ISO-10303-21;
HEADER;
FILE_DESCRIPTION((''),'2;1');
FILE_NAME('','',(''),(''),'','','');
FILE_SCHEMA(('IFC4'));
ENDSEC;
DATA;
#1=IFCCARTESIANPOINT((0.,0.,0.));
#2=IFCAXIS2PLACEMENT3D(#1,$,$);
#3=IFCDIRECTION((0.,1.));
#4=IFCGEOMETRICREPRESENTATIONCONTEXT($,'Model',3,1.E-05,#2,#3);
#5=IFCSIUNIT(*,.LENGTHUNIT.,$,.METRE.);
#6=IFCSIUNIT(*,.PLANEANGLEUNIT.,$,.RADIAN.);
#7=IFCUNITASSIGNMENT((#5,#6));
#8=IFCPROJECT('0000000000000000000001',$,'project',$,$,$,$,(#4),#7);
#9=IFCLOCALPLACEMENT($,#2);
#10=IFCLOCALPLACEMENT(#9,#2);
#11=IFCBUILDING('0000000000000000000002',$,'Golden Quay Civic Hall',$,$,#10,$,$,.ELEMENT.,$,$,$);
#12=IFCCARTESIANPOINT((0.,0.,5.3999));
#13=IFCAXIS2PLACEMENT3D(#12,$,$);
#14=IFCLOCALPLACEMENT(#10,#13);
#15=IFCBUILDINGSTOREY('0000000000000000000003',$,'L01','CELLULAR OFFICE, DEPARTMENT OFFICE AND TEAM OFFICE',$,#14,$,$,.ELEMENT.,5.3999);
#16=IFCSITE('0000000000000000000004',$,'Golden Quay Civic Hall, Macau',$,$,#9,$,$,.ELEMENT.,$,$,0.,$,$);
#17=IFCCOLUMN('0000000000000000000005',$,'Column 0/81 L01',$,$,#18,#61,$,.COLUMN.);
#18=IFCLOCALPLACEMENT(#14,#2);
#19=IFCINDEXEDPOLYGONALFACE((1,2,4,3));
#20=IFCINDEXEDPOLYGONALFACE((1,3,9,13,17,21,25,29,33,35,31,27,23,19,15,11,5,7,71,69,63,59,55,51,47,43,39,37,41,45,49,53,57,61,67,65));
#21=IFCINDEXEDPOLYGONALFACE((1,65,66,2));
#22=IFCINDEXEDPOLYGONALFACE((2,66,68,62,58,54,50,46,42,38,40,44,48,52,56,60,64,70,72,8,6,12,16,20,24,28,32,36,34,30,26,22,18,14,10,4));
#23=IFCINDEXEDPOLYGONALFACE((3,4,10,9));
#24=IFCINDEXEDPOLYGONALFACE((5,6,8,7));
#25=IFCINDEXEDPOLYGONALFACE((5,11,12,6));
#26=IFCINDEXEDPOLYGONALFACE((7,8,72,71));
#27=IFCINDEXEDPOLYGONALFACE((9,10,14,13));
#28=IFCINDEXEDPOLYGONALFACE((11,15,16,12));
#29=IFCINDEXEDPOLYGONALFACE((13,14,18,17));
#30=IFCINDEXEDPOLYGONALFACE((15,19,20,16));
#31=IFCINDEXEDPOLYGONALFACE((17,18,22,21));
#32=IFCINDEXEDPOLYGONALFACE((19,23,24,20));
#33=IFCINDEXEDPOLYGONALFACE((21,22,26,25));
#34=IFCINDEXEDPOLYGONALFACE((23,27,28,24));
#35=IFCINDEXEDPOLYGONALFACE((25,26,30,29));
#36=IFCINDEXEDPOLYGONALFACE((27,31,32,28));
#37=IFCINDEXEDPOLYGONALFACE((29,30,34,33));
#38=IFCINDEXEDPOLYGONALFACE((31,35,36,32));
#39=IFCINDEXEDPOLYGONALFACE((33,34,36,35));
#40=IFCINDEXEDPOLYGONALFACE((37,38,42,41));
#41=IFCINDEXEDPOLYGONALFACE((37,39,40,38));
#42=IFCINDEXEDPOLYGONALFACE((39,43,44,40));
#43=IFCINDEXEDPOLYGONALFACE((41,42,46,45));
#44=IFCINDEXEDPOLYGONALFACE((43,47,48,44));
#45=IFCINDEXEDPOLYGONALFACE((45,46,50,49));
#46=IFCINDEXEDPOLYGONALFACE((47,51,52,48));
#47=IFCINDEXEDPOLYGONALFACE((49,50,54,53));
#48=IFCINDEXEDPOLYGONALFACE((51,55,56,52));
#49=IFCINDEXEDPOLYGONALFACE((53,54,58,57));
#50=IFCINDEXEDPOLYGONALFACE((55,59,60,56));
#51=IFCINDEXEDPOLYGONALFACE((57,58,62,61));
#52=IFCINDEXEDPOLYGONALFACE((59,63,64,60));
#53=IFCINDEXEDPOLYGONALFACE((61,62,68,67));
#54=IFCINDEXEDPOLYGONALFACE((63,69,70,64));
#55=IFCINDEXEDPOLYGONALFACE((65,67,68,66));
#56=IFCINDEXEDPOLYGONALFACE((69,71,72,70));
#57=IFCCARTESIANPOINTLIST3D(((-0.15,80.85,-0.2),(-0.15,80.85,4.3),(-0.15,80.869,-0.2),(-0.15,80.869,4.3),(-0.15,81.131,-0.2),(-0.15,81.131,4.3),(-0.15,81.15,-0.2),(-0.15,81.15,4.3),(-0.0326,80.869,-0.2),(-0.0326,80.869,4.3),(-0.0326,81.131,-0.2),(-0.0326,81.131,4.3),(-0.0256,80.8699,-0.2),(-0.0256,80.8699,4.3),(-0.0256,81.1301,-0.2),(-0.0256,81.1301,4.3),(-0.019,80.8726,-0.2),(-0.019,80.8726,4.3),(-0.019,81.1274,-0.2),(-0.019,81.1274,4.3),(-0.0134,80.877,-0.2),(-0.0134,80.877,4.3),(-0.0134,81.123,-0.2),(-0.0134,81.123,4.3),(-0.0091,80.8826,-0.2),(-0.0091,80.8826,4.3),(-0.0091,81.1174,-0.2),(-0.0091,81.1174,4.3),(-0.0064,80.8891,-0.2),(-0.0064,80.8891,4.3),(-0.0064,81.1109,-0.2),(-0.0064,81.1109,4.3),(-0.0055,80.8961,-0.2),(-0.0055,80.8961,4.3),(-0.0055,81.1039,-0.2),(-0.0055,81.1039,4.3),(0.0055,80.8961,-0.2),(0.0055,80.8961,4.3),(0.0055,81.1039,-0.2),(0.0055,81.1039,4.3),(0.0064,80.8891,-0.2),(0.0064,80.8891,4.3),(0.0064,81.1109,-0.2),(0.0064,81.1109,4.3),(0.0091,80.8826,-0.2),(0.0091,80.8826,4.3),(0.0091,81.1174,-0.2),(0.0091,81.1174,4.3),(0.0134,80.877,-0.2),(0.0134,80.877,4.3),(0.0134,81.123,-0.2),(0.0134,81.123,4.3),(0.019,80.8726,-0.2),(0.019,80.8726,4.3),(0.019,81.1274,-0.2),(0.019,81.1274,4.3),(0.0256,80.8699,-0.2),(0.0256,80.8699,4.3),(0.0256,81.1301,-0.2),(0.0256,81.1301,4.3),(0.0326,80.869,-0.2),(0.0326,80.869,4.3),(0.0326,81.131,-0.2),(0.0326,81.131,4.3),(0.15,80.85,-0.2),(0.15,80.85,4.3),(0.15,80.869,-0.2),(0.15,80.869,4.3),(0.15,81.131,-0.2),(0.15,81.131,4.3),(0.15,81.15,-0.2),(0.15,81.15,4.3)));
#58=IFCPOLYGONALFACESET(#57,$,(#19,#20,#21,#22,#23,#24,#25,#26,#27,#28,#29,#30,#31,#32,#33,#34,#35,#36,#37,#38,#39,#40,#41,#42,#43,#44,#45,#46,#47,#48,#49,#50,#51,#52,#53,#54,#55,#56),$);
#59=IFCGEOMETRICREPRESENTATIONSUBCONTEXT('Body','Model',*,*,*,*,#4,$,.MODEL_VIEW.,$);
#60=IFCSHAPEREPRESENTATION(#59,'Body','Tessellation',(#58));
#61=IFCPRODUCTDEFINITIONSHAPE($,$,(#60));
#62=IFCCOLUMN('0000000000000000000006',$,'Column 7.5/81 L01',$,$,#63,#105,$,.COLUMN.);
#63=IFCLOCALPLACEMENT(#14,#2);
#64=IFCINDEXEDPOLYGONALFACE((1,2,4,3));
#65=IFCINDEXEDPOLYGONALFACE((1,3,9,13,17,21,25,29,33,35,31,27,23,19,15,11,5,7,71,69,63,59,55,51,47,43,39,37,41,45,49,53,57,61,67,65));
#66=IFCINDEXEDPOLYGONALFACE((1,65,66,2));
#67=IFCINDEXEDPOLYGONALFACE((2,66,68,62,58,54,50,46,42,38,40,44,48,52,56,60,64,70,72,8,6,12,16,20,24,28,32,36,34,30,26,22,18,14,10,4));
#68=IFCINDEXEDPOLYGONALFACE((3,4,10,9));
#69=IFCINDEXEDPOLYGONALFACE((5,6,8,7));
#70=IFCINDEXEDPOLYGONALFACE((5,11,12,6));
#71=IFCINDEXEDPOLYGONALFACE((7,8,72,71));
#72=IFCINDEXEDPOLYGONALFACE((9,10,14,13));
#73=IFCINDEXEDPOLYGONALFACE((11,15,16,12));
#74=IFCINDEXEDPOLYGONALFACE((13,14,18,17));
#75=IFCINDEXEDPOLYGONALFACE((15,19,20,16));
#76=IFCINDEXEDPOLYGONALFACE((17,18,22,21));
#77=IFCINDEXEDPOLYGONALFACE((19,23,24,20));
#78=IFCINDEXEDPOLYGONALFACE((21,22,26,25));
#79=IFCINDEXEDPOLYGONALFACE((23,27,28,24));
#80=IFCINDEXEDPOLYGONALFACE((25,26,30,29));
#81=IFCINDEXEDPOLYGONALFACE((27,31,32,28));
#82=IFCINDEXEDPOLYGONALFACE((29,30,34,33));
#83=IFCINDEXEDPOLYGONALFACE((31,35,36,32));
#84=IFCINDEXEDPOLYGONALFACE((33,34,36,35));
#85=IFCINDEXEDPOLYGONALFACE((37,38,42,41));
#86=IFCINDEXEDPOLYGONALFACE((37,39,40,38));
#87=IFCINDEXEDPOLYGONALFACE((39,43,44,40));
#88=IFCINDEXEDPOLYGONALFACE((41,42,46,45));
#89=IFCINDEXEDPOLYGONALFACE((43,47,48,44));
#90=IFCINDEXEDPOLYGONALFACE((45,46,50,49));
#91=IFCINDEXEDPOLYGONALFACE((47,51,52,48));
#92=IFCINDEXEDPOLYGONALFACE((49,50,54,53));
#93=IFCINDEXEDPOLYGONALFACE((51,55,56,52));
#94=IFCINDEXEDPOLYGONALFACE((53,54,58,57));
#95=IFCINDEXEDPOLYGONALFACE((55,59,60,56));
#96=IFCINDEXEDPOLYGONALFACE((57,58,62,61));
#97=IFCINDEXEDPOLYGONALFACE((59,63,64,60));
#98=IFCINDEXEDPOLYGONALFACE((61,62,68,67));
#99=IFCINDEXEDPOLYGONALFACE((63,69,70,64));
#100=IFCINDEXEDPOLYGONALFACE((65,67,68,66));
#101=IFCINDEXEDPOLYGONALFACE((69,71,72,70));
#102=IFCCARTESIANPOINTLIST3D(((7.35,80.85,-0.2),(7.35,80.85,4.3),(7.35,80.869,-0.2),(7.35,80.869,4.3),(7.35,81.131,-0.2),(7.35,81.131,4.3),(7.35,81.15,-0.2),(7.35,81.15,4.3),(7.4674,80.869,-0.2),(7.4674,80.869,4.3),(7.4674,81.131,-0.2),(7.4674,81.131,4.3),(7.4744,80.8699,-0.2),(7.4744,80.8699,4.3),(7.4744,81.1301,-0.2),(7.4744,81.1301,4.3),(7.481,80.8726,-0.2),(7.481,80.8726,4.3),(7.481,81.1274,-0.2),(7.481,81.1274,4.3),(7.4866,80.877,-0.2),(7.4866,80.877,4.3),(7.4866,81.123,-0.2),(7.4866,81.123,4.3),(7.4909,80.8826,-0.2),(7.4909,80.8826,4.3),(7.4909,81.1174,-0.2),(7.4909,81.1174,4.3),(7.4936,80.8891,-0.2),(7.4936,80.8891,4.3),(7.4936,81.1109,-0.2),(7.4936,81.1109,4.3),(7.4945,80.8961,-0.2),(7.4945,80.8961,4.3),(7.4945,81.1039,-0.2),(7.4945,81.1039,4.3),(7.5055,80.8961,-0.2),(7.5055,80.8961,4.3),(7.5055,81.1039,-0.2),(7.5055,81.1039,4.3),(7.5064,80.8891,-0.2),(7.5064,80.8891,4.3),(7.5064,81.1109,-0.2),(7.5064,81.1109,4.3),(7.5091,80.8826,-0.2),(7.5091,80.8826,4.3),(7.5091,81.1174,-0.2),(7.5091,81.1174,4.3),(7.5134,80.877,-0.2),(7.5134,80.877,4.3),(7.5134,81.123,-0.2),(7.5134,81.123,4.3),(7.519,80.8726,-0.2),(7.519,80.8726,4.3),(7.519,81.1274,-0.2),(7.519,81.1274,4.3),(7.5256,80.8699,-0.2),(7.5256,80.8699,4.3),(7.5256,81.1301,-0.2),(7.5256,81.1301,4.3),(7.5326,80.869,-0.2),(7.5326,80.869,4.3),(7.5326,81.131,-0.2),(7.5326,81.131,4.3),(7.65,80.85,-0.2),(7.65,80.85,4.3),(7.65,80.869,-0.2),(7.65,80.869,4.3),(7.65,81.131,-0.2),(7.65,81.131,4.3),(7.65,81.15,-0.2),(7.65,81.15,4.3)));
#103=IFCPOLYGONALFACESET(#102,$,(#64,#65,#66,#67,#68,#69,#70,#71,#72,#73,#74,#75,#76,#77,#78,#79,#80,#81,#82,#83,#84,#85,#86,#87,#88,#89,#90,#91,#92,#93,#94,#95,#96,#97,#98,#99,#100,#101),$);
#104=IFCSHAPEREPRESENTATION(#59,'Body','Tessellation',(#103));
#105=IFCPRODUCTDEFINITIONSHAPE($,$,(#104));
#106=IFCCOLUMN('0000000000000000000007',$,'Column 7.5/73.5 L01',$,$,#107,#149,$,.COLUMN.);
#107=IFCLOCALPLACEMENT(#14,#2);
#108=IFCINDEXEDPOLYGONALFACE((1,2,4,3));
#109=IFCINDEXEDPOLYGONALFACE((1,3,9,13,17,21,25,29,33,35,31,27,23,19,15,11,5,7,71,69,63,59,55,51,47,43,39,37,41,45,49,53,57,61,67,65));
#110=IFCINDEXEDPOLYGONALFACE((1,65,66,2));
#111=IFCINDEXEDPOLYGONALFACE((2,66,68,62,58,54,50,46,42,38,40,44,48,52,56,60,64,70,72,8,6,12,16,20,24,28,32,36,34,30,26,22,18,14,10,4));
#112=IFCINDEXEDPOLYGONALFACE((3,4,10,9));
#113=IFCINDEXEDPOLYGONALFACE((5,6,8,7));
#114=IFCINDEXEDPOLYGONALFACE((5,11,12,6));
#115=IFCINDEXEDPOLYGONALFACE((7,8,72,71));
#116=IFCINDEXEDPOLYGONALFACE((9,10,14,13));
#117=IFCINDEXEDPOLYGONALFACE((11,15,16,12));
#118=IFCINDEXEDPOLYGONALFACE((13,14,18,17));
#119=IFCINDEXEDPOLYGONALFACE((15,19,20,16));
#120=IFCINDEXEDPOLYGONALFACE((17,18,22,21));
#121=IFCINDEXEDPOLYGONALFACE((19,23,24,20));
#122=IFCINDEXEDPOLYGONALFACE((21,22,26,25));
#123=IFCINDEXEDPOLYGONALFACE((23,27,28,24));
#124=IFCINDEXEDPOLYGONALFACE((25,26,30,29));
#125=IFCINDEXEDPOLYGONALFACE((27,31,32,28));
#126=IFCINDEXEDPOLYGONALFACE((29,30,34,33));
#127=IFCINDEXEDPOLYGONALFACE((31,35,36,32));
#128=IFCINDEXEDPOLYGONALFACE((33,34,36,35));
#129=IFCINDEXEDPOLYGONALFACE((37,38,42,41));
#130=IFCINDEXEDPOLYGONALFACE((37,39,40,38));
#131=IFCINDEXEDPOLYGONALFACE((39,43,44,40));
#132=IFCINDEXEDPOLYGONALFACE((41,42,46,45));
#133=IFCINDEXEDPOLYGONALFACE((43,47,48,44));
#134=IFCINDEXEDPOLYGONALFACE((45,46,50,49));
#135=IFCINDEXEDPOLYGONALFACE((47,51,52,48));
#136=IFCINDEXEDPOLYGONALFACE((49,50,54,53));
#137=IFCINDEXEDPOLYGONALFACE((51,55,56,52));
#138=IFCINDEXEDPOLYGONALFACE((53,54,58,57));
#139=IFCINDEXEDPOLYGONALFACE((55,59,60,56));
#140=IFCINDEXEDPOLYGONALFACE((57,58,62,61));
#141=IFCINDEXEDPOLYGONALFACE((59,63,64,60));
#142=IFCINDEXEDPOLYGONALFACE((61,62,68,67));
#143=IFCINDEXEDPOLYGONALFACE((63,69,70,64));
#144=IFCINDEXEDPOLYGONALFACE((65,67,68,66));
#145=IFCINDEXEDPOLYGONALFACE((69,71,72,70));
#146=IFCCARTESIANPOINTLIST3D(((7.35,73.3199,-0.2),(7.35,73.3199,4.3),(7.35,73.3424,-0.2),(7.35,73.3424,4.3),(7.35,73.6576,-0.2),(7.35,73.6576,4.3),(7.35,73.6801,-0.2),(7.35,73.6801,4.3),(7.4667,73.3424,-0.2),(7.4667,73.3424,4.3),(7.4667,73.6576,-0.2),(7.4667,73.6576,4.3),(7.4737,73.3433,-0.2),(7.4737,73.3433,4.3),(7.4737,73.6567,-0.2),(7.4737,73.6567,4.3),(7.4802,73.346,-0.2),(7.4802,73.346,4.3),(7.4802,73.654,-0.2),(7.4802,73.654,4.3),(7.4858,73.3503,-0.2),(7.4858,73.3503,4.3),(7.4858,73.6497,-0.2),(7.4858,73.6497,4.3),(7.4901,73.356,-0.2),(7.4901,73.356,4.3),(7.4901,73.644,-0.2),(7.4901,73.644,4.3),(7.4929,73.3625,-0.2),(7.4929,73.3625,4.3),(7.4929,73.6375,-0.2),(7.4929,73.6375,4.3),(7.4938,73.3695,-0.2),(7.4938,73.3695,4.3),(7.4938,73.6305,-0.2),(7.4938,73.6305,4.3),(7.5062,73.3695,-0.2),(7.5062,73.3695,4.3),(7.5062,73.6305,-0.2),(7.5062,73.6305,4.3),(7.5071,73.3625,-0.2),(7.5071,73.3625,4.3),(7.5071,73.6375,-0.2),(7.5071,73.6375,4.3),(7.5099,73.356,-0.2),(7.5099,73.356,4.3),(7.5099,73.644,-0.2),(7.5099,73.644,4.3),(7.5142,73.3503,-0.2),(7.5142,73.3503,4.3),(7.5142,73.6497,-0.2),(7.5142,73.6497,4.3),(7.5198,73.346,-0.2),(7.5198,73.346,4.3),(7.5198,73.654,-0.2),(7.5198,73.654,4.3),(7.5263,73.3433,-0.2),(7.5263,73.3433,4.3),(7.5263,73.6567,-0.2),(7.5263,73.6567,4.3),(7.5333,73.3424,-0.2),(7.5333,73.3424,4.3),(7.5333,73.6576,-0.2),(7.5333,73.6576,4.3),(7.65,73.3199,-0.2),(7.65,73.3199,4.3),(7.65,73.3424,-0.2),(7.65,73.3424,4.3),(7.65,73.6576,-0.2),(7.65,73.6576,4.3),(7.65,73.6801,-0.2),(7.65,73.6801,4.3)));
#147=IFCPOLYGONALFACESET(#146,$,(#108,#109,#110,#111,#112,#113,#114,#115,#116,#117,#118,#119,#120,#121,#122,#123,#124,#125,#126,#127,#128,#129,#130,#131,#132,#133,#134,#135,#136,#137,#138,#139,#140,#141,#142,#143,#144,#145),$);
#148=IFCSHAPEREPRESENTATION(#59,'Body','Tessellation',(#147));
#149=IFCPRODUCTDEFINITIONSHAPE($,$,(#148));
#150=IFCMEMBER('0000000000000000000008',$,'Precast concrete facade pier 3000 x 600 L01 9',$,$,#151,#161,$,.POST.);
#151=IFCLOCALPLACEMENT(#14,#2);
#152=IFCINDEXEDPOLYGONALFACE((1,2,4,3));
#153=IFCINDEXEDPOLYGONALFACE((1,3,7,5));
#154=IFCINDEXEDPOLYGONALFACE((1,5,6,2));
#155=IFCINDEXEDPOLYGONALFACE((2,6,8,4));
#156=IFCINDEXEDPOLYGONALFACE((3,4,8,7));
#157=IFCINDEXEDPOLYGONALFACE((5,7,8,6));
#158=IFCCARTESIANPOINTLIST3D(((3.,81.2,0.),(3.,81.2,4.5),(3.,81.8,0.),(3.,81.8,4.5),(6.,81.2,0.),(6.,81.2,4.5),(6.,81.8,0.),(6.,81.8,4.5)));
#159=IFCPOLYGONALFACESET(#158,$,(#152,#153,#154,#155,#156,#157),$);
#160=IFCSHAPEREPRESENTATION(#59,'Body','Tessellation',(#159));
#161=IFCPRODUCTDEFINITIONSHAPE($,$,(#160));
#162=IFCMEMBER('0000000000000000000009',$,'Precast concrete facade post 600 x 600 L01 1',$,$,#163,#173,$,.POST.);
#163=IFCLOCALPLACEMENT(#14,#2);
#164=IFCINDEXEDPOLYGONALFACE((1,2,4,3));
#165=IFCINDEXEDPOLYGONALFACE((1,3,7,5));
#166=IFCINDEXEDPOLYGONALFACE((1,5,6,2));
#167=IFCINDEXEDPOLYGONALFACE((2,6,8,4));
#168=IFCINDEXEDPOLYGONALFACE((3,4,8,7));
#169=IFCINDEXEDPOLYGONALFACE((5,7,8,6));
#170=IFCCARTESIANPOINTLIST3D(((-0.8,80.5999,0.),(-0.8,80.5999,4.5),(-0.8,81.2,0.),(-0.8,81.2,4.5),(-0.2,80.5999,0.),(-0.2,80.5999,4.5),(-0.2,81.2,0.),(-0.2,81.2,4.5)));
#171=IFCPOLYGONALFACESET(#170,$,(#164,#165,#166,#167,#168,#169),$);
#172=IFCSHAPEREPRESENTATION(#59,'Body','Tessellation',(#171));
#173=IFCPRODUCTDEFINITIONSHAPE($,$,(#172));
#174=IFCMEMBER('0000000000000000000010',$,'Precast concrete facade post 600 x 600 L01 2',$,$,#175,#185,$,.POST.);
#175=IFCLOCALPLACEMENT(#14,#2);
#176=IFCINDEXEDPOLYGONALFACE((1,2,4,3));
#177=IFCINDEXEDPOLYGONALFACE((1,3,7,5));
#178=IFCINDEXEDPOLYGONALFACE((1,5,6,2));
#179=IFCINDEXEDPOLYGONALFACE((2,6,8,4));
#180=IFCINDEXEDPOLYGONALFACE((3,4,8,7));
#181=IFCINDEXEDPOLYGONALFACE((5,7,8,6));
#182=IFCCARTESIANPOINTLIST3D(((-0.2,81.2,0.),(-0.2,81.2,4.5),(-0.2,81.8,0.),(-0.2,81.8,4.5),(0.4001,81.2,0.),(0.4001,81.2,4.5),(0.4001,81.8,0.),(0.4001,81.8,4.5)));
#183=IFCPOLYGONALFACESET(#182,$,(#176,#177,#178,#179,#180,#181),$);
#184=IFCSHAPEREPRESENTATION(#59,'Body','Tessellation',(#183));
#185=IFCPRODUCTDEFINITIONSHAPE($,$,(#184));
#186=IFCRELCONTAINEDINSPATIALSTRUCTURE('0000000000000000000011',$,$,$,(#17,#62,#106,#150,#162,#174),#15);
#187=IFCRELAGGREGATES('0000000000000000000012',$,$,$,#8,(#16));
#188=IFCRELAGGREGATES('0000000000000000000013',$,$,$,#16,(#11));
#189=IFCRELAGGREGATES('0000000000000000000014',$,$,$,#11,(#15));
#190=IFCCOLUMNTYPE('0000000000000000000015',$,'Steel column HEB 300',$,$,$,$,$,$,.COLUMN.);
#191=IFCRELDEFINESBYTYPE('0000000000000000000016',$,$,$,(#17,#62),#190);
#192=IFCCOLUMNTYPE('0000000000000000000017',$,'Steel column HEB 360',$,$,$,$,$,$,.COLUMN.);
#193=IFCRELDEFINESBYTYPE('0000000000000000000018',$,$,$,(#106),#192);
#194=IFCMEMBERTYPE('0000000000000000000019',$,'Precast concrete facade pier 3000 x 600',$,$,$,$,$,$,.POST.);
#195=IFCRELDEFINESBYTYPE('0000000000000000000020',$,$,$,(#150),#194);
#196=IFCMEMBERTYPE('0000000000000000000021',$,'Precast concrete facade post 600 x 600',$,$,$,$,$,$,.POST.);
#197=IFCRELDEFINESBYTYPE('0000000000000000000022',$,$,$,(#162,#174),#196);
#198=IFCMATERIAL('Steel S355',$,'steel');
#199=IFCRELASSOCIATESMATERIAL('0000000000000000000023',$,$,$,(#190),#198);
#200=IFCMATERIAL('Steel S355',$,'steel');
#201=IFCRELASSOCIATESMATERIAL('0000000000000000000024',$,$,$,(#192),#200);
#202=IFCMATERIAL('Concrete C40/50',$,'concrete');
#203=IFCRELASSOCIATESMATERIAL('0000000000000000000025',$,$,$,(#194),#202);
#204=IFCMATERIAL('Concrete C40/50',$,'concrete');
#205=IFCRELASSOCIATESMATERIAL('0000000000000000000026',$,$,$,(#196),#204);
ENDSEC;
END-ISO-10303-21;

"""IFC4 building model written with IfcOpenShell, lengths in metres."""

from ifc_helpers import new_model, si_unit, direction, frame, origin, origin_2d, place, context, subcontext, project, spatial, rectangle, i_section, extrude, material, material_profile, profile_set, type_object, element, save


model = new_model("IFC4")

# Units and contexts
model_context = context("Model", 3, precision=1e-05, world=origin(), true_north=direction((0.0, 1.0)))
body_context = subcontext(model_context, "Body", "Model", "MODEL_VIEW")
ifc_project = project(units=[si_unit("LENGTHUNIT", "METRE"), si_unit("PLANEANGLEUNIT", "RADIAN")], contexts=[model_context])

# Site, building, storey
site_placement = place(None, origin())
site = spatial("IfcSite", under=ifc_project, at=site_placement, Name="Golden Quay Civic Hall, Macau", CompositionType="ELEMENT", RefElevation=0.0)
building_placement = place(site_placement, origin())
building = spatial("IfcBuilding", under=site, at=building_placement, Name="Golden Quay Civic Hall", CompositionType="ELEMENT")
storey_placement = place(building_placement, frame((0.0, 0.0, 5.3999)))
storey = spatial("IfcBuildingStorey", under=building, at=storey_placement, Name="L01", Description="CELLULAR OFFICE, DEPARTMENT OFFICE AND TEAM OFFICE", CompositionType="ELEMENT", Elevation=5.3999)

# Columns
ifc_material_1 = material(Name="Steel S355", Category="steel")
ifc_material_profile_1 = material_profile(ifc_material_1, i_section(OverallWidth=0.3, OverallDepth=0.3, WebThickness=0.011, FlangeThickness=0.019, FilletRadius=0.0271, at=origin_2d()), Name="HEB 300")
ifc_profile_set_1 = profile_set([ifc_material_profile_1], Name="Steel S355")
column_type_1 = type_object("IfcColumnType", Name="Steel column HEB 300", PredefinedType="COLUMN", material=ifc_profile_set_1)
for number, where, z_axis, x_axis, name in (
    (1, (0.0, 81.0, -0.2), (0.0, 0.0, 1.0), (1.0, 0.0, 0.0), "Column 0/81 L01"),
    (2, (7.5, 81.0, -0.2), (0.0, 0.0, 1.0), (1.0, 0.0, 0.0), "Column 7.5/81 L01"),
):
    element("IfcColumn", number, at=place(storey_placement, frame(where, z_axis=z_axis, x_axis=x_axis)), inside=storey, type_object=column_type_1, Name=name, PredefinedType="COLUMN", context=body_context, shape_type="SweptSolid", body=[
        extrude(i_section(OverallWidth=0.3, OverallDepth=0.3, WebThickness=0.011, FlangeThickness=0.019, FilletRadius=0.0271, at=origin_2d()), origin(), (0.0, 0.0, 1.0), 4.5),
    ])
ifc_material_2 = material(Name="Steel S355", Category="steel")
ifc_material_profile_2 = material_profile(ifc_material_2, i_section(OverallWidth=0.3, OverallDepth=0.3601, WebThickness=0.0125, FlangeThickness=0.0225, FilletRadius=0.0271, at=origin_2d()), Name="HEB 360")
ifc_profile_set_2 = profile_set([ifc_material_profile_2], Name="Steel S355")
column_type_2 = type_object("IfcColumnType", Name="Steel column HEB 360", PredefinedType="COLUMN", material=ifc_profile_set_2)
column_placement = place(storey_placement, frame((7.5, 73.5, -0.2), z_axis=(0.0, 0.0, 1.0), x_axis=(1.0, 0.0, 0.0)))
element("IfcColumn", 3, at=column_placement, inside=storey, type_object=column_type_2, Name="Column 7.5/73.5 L01", PredefinedType="COLUMN", context=body_context, shape_type="SweptSolid", body=[
    extrude(i_section(OverallWidth=0.3, OverallDepth=0.3601, WebThickness=0.0125, FlangeThickness=0.0225, FilletRadius=0.0271, at=origin_2d()), origin(), (0.0, 0.0, 1.0), 4.5),
])

# Members
ifc_material_3 = material(Name="Concrete C40/50", Category="concrete")
ifc_material_profile_3 = material_profile(ifc_material_3, rectangle(XDim=3.0, YDim=0.6001, at=origin_2d()), Name="RC 3000x600")
ifc_profile_set_3 = profile_set([ifc_material_profile_3], Name="Concrete C40/50")
member_type_1 = type_object("IfcMemberType", Name="Precast concrete facade pier 3000 x 600", PredefinedType="POST", material=ifc_profile_set_3)
member_placement = place(storey_placement, frame((4.5, 81.5, 0.0), z_axis=(0.0, 0.0, 1.0), x_axis=(1.0, 0.0, 0.0)))
element("IfcMember", 4, at=member_placement, inside=storey, type_object=member_type_1, Name="Precast concrete facade pier 3000 x 600 L01 9", PredefinedType="POST", context=body_context, shape_type="SweptSolid", body=[
    extrude(rectangle(XDim=3.0, YDim=0.6001, at=origin_2d()), origin(), (0.0, 0.0, 1.0), 4.5),
])
ifc_material_4 = material(Name="Concrete C40/50", Category="concrete")
ifc_material_profile_4 = material_profile(ifc_material_4, rectangle(XDim=0.6001, YDim=0.6001, at=origin_2d()), Name="RC 600x600")
ifc_profile_set_4 = profile_set([ifc_material_profile_4], Name="Concrete C40/50")
member_type_2 = type_object("IfcMemberType", Name="Precast concrete facade post 600 x 600", PredefinedType="POST", material=ifc_profile_set_4)
for number, where, z_axis, x_axis, name in (
    (5, (-0.5, 80.8999, 0.0), (0.0, 0.0, 1.0), (1.0, 0.0, 0.0), "Precast concrete facade post 600 x 600 L01 1"),
    (6, (0.1001, 81.5, 0.0), (0.0, 0.0, 1.0), (1.0, 0.0, 0.0), "Precast concrete facade post 600 x 600 L01 2"),
):
    element("IfcMember", number, at=place(storey_placement, frame(where, z_axis=z_axis, x_axis=x_axis)), inside=storey, type_object=member_type_2, Name=name, PredefinedType="POST", context=body_context, shape_type="SweptSolid", body=[
        extrude(rectangle(XDim=0.6001, YDim=0.6001, at=origin_2d()), origin(), (0.0, 0.0, 1.0), 4.5),
    ])

save(model, "model.ifc")
